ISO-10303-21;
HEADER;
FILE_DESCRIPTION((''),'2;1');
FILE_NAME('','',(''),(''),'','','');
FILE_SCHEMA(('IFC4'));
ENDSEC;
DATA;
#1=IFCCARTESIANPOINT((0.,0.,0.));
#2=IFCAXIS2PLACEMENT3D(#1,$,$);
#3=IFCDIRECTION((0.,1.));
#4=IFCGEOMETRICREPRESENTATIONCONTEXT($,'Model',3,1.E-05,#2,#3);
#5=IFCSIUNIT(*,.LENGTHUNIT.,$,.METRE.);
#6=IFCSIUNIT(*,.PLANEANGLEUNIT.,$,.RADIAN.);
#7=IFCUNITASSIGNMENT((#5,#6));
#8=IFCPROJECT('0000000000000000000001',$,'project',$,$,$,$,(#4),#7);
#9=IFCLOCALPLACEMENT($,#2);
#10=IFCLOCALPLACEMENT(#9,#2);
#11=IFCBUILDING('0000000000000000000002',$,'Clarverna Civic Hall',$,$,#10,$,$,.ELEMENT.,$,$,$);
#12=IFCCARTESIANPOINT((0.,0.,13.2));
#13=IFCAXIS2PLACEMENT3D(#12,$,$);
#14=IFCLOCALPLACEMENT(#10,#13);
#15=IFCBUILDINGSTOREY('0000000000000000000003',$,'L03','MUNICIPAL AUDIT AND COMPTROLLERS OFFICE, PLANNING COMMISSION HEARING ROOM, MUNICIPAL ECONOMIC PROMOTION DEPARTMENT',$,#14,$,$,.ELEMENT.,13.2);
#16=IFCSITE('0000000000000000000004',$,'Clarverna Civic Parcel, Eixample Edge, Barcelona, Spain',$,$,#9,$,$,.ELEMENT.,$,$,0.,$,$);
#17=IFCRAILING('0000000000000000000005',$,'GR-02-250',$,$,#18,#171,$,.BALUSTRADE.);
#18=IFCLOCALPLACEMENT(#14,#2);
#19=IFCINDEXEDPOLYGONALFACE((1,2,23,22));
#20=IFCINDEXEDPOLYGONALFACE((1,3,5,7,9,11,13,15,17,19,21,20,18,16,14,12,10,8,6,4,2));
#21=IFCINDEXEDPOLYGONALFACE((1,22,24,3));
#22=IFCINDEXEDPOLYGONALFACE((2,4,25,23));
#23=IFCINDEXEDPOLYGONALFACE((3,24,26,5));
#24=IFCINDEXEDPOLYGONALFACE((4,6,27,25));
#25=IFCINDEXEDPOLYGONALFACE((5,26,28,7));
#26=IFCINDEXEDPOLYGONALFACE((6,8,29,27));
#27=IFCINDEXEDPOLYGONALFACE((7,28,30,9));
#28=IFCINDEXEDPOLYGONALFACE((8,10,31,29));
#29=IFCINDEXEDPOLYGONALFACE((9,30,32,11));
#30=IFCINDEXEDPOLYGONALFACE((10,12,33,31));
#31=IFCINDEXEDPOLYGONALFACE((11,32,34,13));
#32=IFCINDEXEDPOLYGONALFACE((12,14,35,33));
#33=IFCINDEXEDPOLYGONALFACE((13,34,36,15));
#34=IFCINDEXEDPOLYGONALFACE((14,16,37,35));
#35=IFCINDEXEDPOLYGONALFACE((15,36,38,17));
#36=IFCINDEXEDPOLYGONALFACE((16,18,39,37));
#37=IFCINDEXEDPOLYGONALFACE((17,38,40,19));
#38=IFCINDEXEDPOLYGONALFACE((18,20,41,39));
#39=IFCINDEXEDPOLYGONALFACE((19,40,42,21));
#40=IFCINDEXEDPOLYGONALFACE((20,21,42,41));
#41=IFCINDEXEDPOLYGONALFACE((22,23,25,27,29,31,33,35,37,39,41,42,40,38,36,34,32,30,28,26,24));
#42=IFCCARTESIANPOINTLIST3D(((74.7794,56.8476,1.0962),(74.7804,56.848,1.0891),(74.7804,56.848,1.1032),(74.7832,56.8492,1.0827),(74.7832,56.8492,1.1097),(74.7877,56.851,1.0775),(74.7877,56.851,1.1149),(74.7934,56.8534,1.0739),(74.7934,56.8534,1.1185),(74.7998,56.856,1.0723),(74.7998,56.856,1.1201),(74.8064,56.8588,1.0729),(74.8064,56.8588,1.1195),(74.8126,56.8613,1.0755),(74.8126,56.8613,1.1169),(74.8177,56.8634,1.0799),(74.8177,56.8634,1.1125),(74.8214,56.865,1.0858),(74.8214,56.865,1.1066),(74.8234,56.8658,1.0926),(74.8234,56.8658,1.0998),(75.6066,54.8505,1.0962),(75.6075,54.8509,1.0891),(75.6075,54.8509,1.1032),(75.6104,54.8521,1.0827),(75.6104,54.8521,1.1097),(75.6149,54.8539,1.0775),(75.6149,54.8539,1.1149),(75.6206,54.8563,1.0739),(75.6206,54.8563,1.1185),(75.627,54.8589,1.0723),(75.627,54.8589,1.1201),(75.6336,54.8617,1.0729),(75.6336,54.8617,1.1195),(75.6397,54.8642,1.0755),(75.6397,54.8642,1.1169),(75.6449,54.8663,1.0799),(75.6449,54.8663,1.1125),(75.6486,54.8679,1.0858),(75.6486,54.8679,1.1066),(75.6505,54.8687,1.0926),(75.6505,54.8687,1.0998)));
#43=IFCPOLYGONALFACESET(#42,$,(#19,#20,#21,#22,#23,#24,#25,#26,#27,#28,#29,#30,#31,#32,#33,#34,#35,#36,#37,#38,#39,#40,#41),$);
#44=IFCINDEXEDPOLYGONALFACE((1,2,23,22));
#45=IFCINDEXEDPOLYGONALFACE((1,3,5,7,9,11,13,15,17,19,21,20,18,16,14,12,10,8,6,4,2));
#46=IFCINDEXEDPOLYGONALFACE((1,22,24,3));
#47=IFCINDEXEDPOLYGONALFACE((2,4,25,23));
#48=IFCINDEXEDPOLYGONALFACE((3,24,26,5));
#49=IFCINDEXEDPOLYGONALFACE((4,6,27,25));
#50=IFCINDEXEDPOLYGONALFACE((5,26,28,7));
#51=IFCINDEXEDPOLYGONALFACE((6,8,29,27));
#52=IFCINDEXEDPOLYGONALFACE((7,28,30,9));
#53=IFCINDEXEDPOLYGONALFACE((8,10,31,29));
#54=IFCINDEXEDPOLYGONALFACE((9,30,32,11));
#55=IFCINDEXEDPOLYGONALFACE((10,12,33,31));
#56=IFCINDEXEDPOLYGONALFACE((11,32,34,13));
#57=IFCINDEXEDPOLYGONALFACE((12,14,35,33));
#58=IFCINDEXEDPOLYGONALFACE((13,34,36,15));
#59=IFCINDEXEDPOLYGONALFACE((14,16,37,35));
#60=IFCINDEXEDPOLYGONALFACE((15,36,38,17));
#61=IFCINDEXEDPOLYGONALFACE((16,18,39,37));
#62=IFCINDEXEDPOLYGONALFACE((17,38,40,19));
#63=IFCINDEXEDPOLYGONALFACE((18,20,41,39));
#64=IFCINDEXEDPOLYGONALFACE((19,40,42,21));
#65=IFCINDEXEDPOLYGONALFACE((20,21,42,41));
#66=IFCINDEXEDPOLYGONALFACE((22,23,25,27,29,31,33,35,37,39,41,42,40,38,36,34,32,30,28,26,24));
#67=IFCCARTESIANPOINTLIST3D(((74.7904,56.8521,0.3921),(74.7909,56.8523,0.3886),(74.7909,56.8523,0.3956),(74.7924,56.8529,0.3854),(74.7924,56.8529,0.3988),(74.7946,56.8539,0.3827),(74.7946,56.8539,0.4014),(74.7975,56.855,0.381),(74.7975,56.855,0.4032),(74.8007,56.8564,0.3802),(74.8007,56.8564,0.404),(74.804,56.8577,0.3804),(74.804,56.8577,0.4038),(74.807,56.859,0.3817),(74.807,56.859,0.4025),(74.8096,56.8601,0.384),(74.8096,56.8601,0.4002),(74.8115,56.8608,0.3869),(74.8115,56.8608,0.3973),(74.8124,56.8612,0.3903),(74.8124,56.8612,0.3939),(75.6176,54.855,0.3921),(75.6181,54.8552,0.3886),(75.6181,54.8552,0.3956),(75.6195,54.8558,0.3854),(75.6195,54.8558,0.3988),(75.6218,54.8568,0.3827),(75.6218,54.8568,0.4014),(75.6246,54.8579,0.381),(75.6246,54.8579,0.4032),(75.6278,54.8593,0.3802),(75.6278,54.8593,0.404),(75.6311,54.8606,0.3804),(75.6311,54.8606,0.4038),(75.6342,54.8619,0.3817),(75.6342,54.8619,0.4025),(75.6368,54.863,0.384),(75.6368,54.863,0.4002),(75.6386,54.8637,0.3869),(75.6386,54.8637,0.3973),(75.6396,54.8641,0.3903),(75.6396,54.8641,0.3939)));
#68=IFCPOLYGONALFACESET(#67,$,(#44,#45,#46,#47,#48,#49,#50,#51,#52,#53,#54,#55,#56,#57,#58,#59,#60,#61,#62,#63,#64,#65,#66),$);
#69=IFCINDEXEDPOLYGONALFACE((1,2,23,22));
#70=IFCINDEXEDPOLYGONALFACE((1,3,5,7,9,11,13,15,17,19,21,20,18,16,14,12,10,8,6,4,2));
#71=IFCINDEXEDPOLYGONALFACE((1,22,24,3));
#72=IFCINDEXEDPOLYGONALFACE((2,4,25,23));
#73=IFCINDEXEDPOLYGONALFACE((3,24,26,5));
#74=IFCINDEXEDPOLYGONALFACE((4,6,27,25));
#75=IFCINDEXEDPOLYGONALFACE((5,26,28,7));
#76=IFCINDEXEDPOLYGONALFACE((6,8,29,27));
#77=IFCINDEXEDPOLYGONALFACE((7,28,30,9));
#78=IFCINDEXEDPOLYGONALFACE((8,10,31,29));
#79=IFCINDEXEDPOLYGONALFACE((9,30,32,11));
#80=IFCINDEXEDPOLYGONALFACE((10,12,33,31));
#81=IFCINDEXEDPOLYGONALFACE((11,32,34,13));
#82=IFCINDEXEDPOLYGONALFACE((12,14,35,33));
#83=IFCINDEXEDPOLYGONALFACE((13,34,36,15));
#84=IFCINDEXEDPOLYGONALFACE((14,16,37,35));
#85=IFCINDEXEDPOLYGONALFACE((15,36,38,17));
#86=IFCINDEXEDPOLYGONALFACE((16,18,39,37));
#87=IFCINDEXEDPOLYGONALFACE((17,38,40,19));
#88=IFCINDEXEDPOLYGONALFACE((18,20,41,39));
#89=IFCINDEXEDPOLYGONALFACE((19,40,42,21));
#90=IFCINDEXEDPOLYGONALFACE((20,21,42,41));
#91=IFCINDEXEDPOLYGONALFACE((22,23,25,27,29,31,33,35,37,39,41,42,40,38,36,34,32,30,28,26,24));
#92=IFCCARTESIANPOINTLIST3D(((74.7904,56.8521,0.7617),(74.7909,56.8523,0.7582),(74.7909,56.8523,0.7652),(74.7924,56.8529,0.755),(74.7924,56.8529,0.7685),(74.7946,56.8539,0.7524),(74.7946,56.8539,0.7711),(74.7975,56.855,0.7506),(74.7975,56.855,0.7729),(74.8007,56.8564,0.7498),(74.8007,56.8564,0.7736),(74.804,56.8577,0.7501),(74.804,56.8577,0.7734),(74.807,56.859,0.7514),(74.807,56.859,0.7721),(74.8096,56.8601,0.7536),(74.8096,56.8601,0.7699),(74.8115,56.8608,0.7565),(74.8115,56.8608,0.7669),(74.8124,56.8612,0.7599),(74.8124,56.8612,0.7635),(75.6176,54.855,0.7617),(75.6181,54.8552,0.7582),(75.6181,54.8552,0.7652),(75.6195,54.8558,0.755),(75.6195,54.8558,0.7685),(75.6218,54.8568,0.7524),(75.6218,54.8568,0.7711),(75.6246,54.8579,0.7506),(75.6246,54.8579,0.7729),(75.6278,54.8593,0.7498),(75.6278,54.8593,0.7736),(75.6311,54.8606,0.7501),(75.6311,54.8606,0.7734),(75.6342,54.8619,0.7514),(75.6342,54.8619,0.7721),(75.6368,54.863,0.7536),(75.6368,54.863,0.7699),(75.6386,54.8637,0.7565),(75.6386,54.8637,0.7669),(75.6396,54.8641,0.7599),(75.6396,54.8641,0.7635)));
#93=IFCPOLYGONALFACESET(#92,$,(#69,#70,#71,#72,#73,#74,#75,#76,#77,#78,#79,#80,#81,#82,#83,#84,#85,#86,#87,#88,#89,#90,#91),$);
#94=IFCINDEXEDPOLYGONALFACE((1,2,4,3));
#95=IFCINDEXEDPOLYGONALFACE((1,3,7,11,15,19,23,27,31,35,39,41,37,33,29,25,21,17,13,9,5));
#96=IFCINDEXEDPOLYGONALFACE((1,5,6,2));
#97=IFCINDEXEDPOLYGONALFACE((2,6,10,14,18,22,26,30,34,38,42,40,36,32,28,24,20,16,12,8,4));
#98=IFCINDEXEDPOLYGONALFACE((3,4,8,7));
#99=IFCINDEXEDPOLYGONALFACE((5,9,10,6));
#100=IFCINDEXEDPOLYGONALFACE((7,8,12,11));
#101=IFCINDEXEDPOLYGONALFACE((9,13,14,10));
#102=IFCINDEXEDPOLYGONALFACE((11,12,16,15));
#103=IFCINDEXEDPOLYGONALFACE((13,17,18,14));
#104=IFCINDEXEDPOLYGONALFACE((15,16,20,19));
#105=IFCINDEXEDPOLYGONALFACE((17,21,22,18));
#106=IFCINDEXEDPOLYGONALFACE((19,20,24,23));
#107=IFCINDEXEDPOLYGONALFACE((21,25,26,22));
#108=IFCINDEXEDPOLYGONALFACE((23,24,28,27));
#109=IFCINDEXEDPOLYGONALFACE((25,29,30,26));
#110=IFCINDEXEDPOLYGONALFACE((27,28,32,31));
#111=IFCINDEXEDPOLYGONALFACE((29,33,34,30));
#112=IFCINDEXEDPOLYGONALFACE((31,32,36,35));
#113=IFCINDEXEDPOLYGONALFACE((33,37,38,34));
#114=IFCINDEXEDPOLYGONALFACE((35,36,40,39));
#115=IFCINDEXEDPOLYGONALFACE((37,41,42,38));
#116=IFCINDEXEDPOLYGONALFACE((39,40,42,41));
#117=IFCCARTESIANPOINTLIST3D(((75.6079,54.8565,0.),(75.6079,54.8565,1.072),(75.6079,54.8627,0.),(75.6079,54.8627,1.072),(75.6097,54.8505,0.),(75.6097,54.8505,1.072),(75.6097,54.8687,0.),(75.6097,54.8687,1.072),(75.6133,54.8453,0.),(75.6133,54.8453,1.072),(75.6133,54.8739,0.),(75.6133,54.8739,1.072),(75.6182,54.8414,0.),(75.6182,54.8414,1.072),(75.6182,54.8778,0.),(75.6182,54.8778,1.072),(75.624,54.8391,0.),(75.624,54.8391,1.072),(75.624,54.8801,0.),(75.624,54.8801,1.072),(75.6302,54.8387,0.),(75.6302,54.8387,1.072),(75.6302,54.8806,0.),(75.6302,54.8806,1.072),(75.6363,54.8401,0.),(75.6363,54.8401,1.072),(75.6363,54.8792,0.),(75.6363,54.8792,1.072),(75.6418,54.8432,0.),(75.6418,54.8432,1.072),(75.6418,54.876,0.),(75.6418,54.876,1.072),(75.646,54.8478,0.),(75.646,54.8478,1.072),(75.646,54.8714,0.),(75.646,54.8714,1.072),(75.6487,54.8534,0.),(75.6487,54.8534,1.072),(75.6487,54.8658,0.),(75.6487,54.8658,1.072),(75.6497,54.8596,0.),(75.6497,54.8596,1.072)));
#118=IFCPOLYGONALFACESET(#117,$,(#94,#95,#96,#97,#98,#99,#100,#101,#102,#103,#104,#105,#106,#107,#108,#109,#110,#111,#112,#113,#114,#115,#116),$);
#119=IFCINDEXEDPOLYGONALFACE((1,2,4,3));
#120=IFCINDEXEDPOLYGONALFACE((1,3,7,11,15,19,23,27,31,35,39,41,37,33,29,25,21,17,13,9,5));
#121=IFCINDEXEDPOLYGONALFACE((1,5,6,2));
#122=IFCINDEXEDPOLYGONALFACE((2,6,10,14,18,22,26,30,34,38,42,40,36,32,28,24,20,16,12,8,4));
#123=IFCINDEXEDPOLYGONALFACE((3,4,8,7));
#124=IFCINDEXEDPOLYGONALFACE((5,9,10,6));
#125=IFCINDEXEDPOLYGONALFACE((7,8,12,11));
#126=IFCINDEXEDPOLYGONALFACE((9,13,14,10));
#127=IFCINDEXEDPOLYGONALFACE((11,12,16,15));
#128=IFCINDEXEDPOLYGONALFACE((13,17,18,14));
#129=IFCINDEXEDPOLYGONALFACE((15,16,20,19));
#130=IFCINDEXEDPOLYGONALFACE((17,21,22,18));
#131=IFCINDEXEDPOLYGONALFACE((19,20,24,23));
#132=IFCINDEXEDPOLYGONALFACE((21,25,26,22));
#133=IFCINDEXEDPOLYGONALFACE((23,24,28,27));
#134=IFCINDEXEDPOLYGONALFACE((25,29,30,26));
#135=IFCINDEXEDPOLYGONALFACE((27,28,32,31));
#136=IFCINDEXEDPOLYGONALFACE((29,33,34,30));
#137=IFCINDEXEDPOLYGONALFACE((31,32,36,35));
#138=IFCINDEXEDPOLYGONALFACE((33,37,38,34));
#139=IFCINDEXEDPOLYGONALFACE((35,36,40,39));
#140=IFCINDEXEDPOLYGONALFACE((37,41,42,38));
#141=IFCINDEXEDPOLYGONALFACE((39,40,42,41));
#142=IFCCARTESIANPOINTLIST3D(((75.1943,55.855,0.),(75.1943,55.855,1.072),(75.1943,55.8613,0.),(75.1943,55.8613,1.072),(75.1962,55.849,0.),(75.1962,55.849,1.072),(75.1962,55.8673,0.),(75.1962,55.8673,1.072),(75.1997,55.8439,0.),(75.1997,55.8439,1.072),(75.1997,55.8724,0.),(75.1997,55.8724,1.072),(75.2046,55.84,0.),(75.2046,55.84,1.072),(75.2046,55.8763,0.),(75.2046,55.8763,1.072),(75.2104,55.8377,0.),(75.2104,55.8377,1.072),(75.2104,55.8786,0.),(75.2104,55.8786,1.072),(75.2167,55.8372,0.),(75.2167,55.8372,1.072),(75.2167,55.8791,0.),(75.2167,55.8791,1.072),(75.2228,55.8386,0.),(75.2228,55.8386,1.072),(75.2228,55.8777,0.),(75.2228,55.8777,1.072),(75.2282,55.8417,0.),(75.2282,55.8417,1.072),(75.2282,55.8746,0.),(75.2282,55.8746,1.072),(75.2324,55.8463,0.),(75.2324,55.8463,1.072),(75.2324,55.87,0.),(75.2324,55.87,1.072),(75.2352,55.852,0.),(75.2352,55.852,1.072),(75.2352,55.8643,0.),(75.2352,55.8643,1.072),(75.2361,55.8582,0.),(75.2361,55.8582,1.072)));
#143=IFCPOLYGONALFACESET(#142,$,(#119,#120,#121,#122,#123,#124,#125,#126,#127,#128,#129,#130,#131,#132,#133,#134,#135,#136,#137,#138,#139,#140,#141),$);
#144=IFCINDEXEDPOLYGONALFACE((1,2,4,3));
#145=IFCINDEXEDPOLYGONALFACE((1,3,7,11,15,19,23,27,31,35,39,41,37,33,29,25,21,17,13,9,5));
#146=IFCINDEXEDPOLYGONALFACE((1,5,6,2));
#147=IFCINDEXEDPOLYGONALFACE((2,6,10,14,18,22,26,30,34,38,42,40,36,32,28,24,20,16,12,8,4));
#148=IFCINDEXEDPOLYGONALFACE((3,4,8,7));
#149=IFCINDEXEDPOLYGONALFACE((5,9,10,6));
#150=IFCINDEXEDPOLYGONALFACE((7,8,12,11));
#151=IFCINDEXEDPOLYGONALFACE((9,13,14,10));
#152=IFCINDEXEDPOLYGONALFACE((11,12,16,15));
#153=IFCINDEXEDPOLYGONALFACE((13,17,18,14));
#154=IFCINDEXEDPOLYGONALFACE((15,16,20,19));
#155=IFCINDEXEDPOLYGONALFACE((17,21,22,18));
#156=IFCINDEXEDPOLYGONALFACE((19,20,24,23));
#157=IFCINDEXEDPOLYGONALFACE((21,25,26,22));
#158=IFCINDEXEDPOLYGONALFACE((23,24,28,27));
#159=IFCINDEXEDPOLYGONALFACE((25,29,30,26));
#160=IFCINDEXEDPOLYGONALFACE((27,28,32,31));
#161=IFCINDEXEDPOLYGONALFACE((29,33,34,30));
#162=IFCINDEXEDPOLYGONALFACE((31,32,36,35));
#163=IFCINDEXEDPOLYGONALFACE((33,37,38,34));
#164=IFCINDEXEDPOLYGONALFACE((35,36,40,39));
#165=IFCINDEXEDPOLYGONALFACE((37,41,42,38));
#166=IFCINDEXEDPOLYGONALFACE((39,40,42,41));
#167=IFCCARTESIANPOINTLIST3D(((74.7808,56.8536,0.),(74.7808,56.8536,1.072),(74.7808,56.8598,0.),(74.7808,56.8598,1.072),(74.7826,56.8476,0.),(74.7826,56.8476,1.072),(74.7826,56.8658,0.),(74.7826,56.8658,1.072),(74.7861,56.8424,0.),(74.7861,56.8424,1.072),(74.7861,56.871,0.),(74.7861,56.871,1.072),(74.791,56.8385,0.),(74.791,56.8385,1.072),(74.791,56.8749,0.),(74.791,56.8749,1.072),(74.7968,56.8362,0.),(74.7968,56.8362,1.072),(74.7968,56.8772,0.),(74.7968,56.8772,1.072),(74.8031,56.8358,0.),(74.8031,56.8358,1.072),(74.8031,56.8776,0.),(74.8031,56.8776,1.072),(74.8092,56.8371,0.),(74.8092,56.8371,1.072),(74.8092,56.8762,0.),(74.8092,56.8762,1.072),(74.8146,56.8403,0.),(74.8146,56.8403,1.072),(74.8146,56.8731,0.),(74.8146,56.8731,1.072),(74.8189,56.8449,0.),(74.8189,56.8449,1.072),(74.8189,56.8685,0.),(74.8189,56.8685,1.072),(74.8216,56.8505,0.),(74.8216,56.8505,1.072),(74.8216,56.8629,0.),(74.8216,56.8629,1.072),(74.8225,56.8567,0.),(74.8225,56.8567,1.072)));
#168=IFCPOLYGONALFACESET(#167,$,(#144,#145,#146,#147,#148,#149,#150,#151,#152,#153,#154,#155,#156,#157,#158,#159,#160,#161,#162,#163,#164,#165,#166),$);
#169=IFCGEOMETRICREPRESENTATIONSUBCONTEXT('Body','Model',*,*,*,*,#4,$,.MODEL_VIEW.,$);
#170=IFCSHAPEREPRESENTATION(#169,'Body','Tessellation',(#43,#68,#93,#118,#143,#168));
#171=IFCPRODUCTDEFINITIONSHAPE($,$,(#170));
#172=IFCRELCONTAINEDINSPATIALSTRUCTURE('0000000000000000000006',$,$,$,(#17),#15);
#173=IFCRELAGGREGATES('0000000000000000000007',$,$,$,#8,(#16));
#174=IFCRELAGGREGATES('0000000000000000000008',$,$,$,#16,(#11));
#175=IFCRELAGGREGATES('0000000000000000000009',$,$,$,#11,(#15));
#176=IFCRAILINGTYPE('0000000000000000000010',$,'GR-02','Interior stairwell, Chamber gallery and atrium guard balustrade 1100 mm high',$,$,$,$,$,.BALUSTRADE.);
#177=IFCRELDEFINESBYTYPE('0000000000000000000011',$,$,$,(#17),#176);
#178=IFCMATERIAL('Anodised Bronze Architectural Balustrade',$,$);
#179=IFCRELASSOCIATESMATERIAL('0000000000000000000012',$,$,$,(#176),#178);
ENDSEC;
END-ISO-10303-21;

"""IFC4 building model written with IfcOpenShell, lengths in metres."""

from ifc_helpers import new_model, si_unit, direction, frame, origin, origin_2d, place, context, subcontext, project, spatial, circle, extrude, material, type_object, element, save


model = new_model("IFC4")

# Units and contexts
model_context = context("Model", 3, precision=1e-05, world=origin(), true_north=direction((0.0, 1.0)))
body_context = subcontext(model_context, "Body", "Model", "MODEL_VIEW")
ifc_project = project(units=[si_unit("LENGTHUNIT", "METRE"), si_unit("PLANEANGLEUNIT", "RADIAN")], contexts=[model_context])

# Site, building, storey
site_placement = place(None, origin())
site = spatial("IfcSite", under=ifc_project, at=site_placement, Name="Clarverna Civic Parcel, Eixample Edge, Barcelona, Spain", CompositionType="ELEMENT", RefElevation=0.0)
building_placement = place(site_placement, origin())
building = spatial("IfcBuilding", under=site, at=building_placement, Name="Clarverna Civic Hall", CompositionType="ELEMENT")
storey_placement = place(building_placement, frame((0.0, 0.0, 13.2)))
storey = spatial("IfcBuildingStorey", under=building, at=storey_placement, Name="L03", Description="MUNICIPAL AUDIT AND COMPTROLLERS OFFICE, PLANNING COMMISSION HEARING ROOM, MUNICIPAL ECONOMIC PROMOTION DEPARTMENT", CompositionType="ELEMENT", Elevation=13.2)

# Railing
ifc_material_1 = material(Name="Anodised Bronze Architectural Balustrade")
railing_type_1 = type_object("IfcRailingType", Name="GR-02", Description="Interior stairwell, Chamber gallery and atrium guard balustrade 1100 mm high", PredefinedType="BALUSTRADE", material=ifc_material_1)
railing_1_placement = place(storey_placement, frame((75.6287, 54.8596, 0.0)))
element("IfcRailing", 1, at=railing_1_placement, inside=storey, type_object=railing_type_1, Name="GR-02-250", PredefinedType="BALUSTRADE", context=body_context, shape_type="SweptSolid", body=[
    extrude(circle(Radius=0.0239, at=origin_2d()), frame((0.0, 0.0, 1.0962), z_axis=(-0.382658, 0.92389, 0.0), x_axis=(-0.92389, -0.382658, 0.0)), (0.0, 0.0, 1.0), 2.1616),
    extrude(circle(Radius=0.012, at=origin_2d()), frame((0.0, 0.0, 0.3921), z_axis=(-0.382658, 0.92389, 0.0), x_axis=(-0.92389, -0.382658, 0.0)), (0.0, 0.0, 1.0), 2.1616),
    extrude(circle(Radius=0.012, at=origin_2d()), frame((0.0, 0.0, 0.7617), z_axis=(-0.382658, 0.92389, 0.0), x_axis=(-0.92389, -0.382658, 0.0)), (0.0, 0.0, 1.0), 2.1616),
    extrude(circle(Radius=0.021, at=origin_2d()), origin(), (0.0, 0.0, 1.0), 1.072),
    extrude(circle(Radius=0.021, at=origin_2d()), frame((-0.4136, 0.9985, 0.0)), (0.0, 0.0, 1.0), 1.072),
    extrude(circle(Radius=0.021, at=origin_2d()), frame((-0.8271, 1.9971, 0.0)), (0.0, 0.0, 1.0), 1.072),
])

save(model, "model.ifc")
